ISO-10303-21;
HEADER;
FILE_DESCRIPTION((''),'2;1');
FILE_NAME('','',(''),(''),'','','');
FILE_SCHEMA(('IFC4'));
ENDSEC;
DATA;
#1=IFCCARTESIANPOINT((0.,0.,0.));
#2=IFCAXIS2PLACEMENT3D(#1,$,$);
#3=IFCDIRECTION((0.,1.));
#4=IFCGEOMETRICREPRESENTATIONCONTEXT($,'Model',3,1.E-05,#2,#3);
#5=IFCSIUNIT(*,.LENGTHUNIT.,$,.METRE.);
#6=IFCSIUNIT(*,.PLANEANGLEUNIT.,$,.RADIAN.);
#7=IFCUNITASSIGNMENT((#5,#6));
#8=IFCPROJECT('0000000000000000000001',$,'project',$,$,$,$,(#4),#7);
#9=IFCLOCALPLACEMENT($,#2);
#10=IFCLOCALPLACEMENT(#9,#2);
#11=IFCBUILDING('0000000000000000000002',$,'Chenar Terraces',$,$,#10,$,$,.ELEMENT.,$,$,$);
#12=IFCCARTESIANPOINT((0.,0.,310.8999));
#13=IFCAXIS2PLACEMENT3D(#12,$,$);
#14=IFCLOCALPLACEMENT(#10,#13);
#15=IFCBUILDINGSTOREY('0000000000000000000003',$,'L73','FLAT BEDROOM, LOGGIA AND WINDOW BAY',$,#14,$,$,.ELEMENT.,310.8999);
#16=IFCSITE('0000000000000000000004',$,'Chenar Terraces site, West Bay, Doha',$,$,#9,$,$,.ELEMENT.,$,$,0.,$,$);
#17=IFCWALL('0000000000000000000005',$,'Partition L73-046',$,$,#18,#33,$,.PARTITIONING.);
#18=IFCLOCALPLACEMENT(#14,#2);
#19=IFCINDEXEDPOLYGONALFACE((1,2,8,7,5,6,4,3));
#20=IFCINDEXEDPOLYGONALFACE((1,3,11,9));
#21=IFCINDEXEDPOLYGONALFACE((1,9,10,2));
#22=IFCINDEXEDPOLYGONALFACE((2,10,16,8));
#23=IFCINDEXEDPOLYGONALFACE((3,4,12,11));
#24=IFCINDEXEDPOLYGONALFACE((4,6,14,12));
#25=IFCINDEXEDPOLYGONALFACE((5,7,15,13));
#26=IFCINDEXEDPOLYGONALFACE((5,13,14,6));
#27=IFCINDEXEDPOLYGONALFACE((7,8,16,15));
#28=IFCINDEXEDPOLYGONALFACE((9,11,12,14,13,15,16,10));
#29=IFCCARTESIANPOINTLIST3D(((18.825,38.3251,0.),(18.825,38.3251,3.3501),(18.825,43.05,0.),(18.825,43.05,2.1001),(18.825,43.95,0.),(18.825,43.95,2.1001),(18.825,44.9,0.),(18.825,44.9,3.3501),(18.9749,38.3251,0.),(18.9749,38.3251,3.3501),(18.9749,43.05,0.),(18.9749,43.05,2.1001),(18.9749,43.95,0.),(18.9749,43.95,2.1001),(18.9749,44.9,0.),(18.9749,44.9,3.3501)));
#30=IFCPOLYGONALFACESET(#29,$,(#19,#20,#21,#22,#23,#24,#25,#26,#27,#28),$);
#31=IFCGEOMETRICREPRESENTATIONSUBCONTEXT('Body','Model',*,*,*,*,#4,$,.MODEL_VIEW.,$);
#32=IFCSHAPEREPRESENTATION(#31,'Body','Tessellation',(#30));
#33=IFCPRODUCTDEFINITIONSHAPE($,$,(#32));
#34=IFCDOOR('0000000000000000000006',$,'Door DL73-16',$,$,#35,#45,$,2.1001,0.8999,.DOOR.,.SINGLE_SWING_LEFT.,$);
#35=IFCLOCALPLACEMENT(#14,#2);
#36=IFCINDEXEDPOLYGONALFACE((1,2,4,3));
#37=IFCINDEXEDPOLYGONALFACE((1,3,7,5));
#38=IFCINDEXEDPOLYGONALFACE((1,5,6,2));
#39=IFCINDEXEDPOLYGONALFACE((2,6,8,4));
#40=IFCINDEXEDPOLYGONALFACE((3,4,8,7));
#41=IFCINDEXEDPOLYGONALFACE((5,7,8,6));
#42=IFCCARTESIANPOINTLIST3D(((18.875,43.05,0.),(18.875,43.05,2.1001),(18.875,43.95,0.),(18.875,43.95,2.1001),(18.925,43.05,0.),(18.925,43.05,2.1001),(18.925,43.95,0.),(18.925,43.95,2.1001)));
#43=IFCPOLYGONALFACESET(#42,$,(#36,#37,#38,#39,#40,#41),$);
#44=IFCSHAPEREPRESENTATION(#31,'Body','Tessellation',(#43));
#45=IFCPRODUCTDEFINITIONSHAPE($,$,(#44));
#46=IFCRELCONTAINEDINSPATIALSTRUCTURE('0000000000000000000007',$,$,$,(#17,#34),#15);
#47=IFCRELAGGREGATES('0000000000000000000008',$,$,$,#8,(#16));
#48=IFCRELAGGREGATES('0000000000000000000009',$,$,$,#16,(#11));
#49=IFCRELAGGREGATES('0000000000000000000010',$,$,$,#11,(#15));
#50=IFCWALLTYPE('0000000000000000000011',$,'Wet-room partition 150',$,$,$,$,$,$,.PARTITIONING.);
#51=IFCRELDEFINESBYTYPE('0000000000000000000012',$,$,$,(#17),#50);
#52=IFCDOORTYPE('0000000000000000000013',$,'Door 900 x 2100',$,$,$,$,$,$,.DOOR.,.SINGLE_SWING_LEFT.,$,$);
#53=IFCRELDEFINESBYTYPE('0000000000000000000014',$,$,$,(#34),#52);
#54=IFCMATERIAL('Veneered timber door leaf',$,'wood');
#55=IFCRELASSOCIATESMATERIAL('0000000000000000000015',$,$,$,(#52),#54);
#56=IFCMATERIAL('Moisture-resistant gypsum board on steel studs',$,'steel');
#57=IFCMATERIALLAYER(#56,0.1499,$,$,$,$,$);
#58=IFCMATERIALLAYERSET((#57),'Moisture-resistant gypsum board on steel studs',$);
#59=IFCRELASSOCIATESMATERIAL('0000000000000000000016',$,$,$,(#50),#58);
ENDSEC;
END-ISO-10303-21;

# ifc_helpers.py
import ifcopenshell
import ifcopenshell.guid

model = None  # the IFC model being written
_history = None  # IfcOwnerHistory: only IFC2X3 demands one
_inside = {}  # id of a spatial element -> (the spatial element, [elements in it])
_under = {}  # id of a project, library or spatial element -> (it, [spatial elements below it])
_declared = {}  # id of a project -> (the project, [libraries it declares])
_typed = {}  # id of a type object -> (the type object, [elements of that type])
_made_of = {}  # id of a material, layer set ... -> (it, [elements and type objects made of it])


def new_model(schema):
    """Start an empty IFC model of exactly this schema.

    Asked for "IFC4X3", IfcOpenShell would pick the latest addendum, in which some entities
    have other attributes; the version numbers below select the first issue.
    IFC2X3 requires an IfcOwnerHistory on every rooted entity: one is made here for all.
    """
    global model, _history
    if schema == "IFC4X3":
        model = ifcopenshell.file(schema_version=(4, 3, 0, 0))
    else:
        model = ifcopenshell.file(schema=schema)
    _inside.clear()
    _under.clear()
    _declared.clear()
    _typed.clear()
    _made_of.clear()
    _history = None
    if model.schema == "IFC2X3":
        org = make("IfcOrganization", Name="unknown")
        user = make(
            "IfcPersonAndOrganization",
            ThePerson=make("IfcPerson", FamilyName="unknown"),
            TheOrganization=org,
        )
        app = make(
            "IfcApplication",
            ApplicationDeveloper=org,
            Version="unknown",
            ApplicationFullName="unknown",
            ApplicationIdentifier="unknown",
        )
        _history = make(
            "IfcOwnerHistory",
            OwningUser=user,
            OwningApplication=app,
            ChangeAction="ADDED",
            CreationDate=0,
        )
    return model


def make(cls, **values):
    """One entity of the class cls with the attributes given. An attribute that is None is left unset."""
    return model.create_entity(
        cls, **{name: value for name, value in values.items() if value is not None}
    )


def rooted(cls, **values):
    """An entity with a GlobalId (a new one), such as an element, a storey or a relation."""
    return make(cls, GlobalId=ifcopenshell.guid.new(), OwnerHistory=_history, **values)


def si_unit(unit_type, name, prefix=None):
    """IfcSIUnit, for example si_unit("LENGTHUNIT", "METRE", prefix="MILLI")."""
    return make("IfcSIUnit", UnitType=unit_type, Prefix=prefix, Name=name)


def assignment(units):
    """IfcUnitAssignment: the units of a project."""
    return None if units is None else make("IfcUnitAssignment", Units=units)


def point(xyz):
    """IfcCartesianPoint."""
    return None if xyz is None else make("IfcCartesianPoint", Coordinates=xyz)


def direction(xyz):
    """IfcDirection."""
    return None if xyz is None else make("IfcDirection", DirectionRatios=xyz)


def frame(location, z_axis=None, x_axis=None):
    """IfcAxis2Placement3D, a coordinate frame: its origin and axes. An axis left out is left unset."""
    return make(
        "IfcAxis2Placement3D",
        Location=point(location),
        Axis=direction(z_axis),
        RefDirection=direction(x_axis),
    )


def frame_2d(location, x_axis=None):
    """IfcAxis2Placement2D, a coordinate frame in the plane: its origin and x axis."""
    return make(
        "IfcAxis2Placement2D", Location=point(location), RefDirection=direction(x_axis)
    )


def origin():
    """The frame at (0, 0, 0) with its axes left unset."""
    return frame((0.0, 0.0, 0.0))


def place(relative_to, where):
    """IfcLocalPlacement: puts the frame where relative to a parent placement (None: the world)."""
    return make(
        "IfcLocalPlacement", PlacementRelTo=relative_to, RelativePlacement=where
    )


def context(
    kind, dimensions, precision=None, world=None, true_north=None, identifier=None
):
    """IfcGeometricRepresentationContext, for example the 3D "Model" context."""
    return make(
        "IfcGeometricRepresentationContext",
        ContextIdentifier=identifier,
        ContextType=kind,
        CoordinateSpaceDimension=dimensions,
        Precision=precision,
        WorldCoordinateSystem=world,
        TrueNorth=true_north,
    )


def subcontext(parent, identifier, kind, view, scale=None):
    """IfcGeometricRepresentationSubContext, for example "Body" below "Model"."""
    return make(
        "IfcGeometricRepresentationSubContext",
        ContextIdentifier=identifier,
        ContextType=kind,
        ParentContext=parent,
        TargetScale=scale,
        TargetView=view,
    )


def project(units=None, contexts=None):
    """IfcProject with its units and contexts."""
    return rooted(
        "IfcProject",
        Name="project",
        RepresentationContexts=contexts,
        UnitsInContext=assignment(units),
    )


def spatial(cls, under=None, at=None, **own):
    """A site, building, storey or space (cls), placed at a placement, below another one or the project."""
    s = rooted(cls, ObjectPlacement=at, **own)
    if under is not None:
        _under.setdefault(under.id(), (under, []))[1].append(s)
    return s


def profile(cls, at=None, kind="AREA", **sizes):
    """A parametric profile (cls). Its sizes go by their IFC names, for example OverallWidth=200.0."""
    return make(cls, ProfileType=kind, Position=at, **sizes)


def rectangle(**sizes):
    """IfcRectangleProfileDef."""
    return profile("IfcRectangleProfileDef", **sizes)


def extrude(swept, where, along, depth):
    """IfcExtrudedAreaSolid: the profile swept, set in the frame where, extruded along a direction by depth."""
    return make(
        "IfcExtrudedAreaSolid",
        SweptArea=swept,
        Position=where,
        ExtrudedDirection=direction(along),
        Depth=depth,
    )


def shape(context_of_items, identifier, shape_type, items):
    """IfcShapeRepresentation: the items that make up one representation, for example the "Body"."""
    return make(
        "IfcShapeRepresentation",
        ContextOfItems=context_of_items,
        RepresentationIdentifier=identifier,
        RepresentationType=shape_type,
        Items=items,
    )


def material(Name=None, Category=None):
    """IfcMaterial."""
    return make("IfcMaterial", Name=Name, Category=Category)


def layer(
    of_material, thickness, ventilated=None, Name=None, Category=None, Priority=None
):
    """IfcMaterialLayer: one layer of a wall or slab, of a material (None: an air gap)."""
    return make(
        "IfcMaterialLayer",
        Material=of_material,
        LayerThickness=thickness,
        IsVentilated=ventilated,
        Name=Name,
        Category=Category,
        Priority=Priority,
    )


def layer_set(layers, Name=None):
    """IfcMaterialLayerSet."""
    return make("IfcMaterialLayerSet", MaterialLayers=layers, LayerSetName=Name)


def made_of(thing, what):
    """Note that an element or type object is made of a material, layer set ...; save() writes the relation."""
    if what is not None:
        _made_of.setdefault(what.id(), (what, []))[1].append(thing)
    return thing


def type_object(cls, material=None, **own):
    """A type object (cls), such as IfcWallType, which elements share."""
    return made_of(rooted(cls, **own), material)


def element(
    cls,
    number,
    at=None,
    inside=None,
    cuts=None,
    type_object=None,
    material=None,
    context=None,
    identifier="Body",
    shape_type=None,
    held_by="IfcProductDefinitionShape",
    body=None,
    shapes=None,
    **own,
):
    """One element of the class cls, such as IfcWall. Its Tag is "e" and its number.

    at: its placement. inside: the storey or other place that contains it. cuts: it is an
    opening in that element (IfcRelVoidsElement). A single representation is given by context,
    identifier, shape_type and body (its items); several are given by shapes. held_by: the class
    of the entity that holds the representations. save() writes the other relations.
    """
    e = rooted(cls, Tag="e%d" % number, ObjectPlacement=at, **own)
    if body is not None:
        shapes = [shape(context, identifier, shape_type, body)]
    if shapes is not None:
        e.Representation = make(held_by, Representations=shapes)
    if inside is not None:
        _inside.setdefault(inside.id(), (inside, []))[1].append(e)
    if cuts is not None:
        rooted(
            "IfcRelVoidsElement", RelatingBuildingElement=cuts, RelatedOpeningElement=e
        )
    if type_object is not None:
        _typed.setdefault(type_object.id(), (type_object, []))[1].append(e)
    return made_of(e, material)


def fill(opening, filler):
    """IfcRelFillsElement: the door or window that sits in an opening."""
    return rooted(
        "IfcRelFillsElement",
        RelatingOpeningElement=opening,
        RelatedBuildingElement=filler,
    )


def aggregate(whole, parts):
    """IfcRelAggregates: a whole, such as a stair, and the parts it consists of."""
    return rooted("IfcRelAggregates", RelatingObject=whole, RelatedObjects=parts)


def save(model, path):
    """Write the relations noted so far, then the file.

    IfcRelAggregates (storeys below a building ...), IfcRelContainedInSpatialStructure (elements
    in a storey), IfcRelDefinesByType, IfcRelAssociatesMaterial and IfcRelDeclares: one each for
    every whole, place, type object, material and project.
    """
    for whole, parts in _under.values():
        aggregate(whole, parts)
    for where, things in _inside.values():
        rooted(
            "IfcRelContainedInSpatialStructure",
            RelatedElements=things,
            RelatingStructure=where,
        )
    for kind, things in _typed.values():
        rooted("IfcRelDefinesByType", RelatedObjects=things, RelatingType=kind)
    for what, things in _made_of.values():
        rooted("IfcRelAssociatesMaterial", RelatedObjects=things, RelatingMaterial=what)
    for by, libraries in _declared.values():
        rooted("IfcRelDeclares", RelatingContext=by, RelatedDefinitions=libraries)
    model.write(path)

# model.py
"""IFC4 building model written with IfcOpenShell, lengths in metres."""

from ifc_helpers import new_model, si_unit, direction, frame, frame_2d, origin, place, context, subcontext, project, spatial, rectangle, extrude, material, layer, layer_set, type_object, element, fill, save


model = new_model("IFC4")

# Units and contexts
model_context = context("Model", 3, precision=1e-05, world=origin(), true_north=direction((0.0, 1.0)))
body_context = subcontext(model_context, "Body", "Model", "MODEL_VIEW")
ifc_project = project(units=[si_unit("LENGTHUNIT", "METRE"), si_unit("PLANEANGLEUNIT", "RADIAN")], contexts=[model_context])

# Site, building, storey
site_placement = place(None, origin())
site = spatial("IfcSite", under=ifc_project, at=site_placement, Name="Chenar Terraces site, West Bay, Doha", CompositionType="ELEMENT", RefElevation=0.0)
building_placement = place(site_placement, origin())
building = spatial("IfcBuilding", under=site, at=building_placement, Name="Chenar Terraces", CompositionType="ELEMENT")
storey_placement = place(building_placement, frame((0.0, 0.0, 310.8999)))
storey = spatial("IfcBuildingStorey", under=building, at=storey_placement, Name="L73", Description="FLAT BEDROOM, LOGGIA AND WINDOW BAY", CompositionType="ELEMENT", Elevation=310.8999)

# Shared definitions
ifc_material_1 = material(Name="Veneered timber door leaf", Category="wood")
door_type_1 = type_object("IfcDoorType", Name="Door 900 x 2100", OperationType="SINGLE_SWING_LEFT", PredefinedType="DOOR", material=ifc_material_1)

# Shared definitions
ifc_material_2 = material(Name="Moisture-resistant gypsum board on steel studs", Category="steel")
ifc_layer_1 = layer(ifc_material_2, 0.1499)
ifc_layer_set_1 = layer_set([ifc_layer_1], Name="Moisture-resistant gypsum board on steel studs")
wall_type_1 = type_object("IfcWallType", Name="Wet-room partition 150", PredefinedType="PARTITIONING", material=ifc_layer_set_1)

# Wall, opening, door
wall_1_placement = place(storey_placement, frame((18.8999, 38.325, 0.0), z_axis=(0.0, 0.0, 1.0), x_axis=(0.0, 1.0, 0.0)))
wall_1 = element("IfcWall", 1, at=wall_1_placement, inside=storey, type_object=wall_type_1, Name="Partition L73-046", PredefinedType="PARTITIONING", context=body_context, shape_type="SweptSolid", body=[
    extrude(rectangle(XDim=6.575, YDim=0.1499, at=frame_2d((3.2876, 0.0))), origin(), (0.0, 0.0, 1.0), 3.3501),
])
opening_1_placement = place(wall_1_placement, frame((4.7251, 0.0, 0.0)))
opening_1 = element("IfcOpeningElement", 2, at=opening_1_placement, cuts=wall_1, PredefinedType="OPENING", context=body_context, shape_type="SweptSolid", body=[
    extrude(rectangle(XDim=0.8999, YDim=2.1001, at=frame_2d((0.45, 1.05))), frame((0.0, 0.085, 0.0), z_axis=(0.0, -1.0, 0.0), x_axis=(1.0, 0.0, 0.0)), (0.0, 0.0, 1.0), 0.1699),
])
door_1_placement = place(opening_1_placement, origin())
door_1 = element("IfcDoor", 3, at=door_1_placement, inside=storey, type_object=door_type_1, Name="Door DL73-16", OperationType="SINGLE_SWING_LEFT", OverallHeight=2.1001, OverallWidth=0.8999, PredefinedType="DOOR", context=body_context, shape_type="SweptSolid", body=[
    extrude(rectangle(XDim=0.8999, YDim=2.1001, at=frame_2d((0.45, 1.05))), frame((0.0, 0.0249, 0.0), z_axis=(0.0, -1.0, 0.0), x_axis=(1.0, 0.0, 0.0)), (0.0, 0.0, 1.0), 0.05),
])
fill(opening_1, door_1)

save(model, "model.ifc")
